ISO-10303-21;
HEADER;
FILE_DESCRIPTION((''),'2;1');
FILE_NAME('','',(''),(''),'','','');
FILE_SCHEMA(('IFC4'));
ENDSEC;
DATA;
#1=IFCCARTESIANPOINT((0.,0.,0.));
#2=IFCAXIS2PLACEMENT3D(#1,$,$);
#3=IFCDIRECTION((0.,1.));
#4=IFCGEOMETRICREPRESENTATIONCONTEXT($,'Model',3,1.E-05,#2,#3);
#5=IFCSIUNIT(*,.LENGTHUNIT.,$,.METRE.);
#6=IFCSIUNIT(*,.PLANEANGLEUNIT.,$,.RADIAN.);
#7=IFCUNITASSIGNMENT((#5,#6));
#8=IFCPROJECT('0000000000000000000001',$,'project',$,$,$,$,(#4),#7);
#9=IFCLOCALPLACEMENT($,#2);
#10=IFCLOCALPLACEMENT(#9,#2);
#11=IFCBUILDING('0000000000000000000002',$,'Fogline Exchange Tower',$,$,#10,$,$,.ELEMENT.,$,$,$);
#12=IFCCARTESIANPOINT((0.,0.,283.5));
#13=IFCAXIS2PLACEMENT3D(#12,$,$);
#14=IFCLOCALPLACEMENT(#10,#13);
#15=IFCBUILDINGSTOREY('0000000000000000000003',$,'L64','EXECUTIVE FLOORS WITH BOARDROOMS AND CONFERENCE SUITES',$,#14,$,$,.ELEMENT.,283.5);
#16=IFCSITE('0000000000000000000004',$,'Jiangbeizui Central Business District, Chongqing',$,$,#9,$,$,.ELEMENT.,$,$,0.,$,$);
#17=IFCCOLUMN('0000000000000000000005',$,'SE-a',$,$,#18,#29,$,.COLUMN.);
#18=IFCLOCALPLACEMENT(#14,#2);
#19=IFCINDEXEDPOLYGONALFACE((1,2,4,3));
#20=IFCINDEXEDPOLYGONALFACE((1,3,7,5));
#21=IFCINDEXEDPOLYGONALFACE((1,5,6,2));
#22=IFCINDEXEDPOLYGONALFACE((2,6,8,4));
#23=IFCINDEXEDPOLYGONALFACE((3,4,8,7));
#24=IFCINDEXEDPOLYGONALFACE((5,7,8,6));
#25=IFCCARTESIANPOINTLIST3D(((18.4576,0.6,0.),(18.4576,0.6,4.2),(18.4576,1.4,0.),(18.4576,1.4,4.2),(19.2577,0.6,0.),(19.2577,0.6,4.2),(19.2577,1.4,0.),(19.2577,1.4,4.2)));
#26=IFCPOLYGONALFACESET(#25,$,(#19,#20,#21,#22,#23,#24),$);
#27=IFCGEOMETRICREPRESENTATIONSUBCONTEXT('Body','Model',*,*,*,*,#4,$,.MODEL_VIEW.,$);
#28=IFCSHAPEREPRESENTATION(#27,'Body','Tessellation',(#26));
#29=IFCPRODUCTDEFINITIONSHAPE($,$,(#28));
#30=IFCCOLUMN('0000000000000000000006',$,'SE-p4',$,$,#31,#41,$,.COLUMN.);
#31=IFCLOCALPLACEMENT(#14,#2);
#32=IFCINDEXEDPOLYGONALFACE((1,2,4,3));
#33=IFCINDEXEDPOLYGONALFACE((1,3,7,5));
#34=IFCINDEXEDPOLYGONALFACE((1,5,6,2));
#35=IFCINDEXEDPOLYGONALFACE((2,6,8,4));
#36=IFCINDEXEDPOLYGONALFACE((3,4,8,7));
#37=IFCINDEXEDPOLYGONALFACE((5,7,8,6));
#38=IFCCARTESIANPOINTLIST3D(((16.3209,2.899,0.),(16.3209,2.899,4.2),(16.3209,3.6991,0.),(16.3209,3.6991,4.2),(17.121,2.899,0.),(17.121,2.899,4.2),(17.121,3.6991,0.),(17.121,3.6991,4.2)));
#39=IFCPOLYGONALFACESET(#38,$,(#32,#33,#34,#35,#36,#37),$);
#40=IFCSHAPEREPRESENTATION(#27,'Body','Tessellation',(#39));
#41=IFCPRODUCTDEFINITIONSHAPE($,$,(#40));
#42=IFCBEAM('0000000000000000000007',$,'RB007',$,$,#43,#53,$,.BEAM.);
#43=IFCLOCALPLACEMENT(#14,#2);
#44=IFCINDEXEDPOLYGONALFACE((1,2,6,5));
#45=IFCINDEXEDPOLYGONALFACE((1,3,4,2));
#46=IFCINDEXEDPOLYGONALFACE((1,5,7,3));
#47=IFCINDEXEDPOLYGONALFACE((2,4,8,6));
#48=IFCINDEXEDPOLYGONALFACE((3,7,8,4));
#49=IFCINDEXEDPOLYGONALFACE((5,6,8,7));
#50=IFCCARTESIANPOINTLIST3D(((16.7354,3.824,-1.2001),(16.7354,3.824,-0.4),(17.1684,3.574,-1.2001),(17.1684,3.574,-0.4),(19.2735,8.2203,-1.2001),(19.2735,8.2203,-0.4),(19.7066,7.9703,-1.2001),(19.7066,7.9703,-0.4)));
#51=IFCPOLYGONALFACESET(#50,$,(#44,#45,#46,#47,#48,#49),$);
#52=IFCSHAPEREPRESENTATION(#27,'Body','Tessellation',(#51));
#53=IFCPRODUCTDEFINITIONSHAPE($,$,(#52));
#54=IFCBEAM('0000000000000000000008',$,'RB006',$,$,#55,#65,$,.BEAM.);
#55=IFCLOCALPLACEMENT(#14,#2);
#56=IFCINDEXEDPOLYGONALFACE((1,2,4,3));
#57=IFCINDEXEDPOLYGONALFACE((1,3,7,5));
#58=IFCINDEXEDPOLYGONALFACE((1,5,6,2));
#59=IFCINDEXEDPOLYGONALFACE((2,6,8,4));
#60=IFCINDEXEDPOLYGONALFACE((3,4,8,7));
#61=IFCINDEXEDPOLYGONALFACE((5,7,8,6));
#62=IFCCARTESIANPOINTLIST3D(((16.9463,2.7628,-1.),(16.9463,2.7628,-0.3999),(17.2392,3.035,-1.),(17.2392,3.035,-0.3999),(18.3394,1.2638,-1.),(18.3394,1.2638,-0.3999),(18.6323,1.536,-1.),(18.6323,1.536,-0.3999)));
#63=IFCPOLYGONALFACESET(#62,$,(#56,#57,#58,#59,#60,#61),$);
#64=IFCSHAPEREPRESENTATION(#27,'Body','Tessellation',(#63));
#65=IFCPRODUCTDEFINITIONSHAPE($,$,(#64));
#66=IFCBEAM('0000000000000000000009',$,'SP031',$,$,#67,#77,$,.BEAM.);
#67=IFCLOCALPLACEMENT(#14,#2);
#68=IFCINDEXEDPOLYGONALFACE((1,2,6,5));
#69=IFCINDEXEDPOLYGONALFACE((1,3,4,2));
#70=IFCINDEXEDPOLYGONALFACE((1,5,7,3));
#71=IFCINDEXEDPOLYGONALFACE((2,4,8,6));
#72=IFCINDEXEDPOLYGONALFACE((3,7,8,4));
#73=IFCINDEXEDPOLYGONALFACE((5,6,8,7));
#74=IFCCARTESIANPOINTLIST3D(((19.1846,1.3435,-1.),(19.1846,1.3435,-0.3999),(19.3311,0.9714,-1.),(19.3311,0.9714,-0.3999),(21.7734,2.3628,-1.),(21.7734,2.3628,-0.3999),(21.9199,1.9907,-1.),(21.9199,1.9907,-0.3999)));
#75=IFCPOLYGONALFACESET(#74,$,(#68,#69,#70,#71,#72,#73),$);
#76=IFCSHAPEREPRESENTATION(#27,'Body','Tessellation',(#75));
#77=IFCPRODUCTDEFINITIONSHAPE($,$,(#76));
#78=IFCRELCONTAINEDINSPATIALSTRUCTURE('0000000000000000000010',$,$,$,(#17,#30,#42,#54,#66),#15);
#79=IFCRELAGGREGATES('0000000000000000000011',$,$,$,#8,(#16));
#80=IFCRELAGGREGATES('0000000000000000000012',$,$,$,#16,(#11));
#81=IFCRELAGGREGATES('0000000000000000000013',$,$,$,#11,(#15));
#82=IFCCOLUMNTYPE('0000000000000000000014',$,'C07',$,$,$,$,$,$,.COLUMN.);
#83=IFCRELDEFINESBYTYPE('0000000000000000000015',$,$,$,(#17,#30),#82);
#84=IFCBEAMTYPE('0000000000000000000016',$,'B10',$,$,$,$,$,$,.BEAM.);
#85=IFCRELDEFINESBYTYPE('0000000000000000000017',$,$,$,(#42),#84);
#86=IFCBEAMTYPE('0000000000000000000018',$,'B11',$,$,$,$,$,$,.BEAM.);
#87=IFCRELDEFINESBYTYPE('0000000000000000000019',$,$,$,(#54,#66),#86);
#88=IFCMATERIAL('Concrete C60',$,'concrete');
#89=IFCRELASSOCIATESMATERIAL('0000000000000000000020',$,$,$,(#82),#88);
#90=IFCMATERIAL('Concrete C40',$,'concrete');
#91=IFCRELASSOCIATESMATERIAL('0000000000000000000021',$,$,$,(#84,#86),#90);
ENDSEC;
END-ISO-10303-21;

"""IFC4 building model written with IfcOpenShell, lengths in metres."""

from ifc_helpers import new_model, si_unit, direction, frame, origin, origin_2d, place, context, subcontext, project, spatial, rectangle, extrude, material, material_profile, profile_set, type_object, element, save


model = new_model("IFC4")

# Units and contexts
model_context = context("Model", 3, precision=1e-05, world=origin(), true_north=direction((0.0, 1.0)))
body_context = subcontext(model_context, "Body", "Model", "MODEL_VIEW")
ifc_project = project(units=[si_unit("LENGTHUNIT", "METRE"), si_unit("PLANEANGLEUNIT", "RADIAN")], contexts=[model_context])

# Site, building, storey
site_placement = place(None, origin())
site = spatial("IfcSite", under=ifc_project, at=site_placement, Name="Jiangbeizui Central Business District, Chongqing", CompositionType="ELEMENT", RefElevation=0.0)
building_placement = place(site_placement, origin())
building = spatial("IfcBuilding", under=site, at=building_placement, Name="Fogline Exchange Tower", CompositionType="ELEMENT")
storey_placement = place(building_placement, frame((0.0, 0.0, 283.5)))
storey = spatial("IfcBuildingStorey", under=building, at=storey_placement, Name="L64", Description="EXECUTIVE FLOORS WITH BOARDROOMS AND CONFERENCE SUITES", CompositionType="ELEMENT", Elevation=283.5)

# Columns
ifc_material_1 = material(Name="Concrete C60", Category="concrete")
ifc_material_profile_1 = material_profile(ifc_material_1, rectangle(XDim=0.8, YDim=0.8, at=origin_2d()), Name="RC 800x800")
ifc_profile_set_1 = profile_set([ifc_material_profile_1], Name="Concrete C60")
column_type = type_object("IfcColumnType", Name="C07", PredefinedType="COLUMN", material=ifc_profile_set_1)
for number, where, z_axis, x_axis, name in (
    (1, (18.8577, 1.0, 0.0), (0.0, 0.0, 1.0), (1.0, 0.0, 0.0), "SE-a"),
    (2, (16.7209, 3.2991, 0.0), (0.0, 0.0, 1.0), (1.0, 0.0, 0.0), "SE-p4"),
):
    element("IfcColumn", number, at=place(storey_placement, frame(where, z_axis=z_axis, x_axis=x_axis)), inside=storey, type_object=column_type, Name=name, PredefinedType="COLUMN", context=body_context, shape_type="SweptSolid", body=[
        extrude(rectangle(XDim=0.8, YDim=0.8, at=origin_2d()), origin(), (0.0, 0.0, 1.0), 4.2),
    ])

# Beams
ifc_material_2 = material(Name="Concrete C40", Category="concrete")
ifc_material_profile_2 = material_profile(ifc_material_2, rectangle(XDim=0.5, YDim=0.8, at=origin_2d()), Name="RC 500x800")
ifc_profile_set_2 = profile_set([ifc_material_profile_2], Name="Concrete C40")
beam_type_1 = type_object("IfcBeamType", Name="B10", PredefinedType="BEAM", material=ifc_profile_set_2)
beam_1_placement = place(storey_placement, frame((16.9519, 3.699, -0.8), z_axis=(0.499988, 0.866033, 0.0), x_axis=(-0.866033, 0.499988, 0.0)))
element("IfcBeam", 3, at=beam_1_placement, inside=storey, type_object=beam_type_1, Name="RB007", PredefinedType="BEAM", context=body_context, shape_type="SweptSolid", body=[
    extrude(rectangle(XDim=0.5, YDim=0.8, at=origin_2d()), origin(), (0.0, 0.0, 1.0), 5.0764),
])
ifc_material_profile_3 = material_profile(ifc_material_2, rectangle(XDim=0.3999, YDim=0.6001, at=origin_2d()), Name="RC 400x600")
ifc_profile_set_3 = profile_set([ifc_material_profile_3], Name="Concrete C40")
beam_type_2 = type_object("IfcBeamType", Name="B11", PredefinedType="BEAM", material=ifc_profile_set_3)
beam_2_placement = place(storey_placement, frame((18.4858, 1.3999, -0.7), z_axis=(-0.680744, 0.732521, 0.0), x_axis=(-0.732521, -0.680744, 0.0)))
element("IfcBeam", 4, at=beam_2_placement, inside=storey, type_object=beam_type_2, Name="RB006", PredefinedType="BEAM", context=body_context, shape_type="SweptSolid", body=[
    extrude(rectangle(XDim=0.3999, YDim=0.6001, at=origin_2d()), origin(), (0.0, 0.0, 1.0), 2.0464),
])
beam_3_placement = place(storey_placement, frame((19.2578, 1.1575, -0.7), z_axis=(0.930478, 0.366347, 0.0), x_axis=(-0.366347, 0.930478, 0.0)))
element("IfcBeam", 5, at=beam_3_placement, inside=storey, type_object=beam_type_2, Name="SP031", PredefinedType="BEAM", context=body_context, shape_type="SweptSolid", body=[
    extrude(rectangle(XDim=0.3999, YDim=0.6001, at=origin_2d()), origin(), (0.0, 0.0, 1.0), 2.7822),
])

save(model, "model.ifc")
